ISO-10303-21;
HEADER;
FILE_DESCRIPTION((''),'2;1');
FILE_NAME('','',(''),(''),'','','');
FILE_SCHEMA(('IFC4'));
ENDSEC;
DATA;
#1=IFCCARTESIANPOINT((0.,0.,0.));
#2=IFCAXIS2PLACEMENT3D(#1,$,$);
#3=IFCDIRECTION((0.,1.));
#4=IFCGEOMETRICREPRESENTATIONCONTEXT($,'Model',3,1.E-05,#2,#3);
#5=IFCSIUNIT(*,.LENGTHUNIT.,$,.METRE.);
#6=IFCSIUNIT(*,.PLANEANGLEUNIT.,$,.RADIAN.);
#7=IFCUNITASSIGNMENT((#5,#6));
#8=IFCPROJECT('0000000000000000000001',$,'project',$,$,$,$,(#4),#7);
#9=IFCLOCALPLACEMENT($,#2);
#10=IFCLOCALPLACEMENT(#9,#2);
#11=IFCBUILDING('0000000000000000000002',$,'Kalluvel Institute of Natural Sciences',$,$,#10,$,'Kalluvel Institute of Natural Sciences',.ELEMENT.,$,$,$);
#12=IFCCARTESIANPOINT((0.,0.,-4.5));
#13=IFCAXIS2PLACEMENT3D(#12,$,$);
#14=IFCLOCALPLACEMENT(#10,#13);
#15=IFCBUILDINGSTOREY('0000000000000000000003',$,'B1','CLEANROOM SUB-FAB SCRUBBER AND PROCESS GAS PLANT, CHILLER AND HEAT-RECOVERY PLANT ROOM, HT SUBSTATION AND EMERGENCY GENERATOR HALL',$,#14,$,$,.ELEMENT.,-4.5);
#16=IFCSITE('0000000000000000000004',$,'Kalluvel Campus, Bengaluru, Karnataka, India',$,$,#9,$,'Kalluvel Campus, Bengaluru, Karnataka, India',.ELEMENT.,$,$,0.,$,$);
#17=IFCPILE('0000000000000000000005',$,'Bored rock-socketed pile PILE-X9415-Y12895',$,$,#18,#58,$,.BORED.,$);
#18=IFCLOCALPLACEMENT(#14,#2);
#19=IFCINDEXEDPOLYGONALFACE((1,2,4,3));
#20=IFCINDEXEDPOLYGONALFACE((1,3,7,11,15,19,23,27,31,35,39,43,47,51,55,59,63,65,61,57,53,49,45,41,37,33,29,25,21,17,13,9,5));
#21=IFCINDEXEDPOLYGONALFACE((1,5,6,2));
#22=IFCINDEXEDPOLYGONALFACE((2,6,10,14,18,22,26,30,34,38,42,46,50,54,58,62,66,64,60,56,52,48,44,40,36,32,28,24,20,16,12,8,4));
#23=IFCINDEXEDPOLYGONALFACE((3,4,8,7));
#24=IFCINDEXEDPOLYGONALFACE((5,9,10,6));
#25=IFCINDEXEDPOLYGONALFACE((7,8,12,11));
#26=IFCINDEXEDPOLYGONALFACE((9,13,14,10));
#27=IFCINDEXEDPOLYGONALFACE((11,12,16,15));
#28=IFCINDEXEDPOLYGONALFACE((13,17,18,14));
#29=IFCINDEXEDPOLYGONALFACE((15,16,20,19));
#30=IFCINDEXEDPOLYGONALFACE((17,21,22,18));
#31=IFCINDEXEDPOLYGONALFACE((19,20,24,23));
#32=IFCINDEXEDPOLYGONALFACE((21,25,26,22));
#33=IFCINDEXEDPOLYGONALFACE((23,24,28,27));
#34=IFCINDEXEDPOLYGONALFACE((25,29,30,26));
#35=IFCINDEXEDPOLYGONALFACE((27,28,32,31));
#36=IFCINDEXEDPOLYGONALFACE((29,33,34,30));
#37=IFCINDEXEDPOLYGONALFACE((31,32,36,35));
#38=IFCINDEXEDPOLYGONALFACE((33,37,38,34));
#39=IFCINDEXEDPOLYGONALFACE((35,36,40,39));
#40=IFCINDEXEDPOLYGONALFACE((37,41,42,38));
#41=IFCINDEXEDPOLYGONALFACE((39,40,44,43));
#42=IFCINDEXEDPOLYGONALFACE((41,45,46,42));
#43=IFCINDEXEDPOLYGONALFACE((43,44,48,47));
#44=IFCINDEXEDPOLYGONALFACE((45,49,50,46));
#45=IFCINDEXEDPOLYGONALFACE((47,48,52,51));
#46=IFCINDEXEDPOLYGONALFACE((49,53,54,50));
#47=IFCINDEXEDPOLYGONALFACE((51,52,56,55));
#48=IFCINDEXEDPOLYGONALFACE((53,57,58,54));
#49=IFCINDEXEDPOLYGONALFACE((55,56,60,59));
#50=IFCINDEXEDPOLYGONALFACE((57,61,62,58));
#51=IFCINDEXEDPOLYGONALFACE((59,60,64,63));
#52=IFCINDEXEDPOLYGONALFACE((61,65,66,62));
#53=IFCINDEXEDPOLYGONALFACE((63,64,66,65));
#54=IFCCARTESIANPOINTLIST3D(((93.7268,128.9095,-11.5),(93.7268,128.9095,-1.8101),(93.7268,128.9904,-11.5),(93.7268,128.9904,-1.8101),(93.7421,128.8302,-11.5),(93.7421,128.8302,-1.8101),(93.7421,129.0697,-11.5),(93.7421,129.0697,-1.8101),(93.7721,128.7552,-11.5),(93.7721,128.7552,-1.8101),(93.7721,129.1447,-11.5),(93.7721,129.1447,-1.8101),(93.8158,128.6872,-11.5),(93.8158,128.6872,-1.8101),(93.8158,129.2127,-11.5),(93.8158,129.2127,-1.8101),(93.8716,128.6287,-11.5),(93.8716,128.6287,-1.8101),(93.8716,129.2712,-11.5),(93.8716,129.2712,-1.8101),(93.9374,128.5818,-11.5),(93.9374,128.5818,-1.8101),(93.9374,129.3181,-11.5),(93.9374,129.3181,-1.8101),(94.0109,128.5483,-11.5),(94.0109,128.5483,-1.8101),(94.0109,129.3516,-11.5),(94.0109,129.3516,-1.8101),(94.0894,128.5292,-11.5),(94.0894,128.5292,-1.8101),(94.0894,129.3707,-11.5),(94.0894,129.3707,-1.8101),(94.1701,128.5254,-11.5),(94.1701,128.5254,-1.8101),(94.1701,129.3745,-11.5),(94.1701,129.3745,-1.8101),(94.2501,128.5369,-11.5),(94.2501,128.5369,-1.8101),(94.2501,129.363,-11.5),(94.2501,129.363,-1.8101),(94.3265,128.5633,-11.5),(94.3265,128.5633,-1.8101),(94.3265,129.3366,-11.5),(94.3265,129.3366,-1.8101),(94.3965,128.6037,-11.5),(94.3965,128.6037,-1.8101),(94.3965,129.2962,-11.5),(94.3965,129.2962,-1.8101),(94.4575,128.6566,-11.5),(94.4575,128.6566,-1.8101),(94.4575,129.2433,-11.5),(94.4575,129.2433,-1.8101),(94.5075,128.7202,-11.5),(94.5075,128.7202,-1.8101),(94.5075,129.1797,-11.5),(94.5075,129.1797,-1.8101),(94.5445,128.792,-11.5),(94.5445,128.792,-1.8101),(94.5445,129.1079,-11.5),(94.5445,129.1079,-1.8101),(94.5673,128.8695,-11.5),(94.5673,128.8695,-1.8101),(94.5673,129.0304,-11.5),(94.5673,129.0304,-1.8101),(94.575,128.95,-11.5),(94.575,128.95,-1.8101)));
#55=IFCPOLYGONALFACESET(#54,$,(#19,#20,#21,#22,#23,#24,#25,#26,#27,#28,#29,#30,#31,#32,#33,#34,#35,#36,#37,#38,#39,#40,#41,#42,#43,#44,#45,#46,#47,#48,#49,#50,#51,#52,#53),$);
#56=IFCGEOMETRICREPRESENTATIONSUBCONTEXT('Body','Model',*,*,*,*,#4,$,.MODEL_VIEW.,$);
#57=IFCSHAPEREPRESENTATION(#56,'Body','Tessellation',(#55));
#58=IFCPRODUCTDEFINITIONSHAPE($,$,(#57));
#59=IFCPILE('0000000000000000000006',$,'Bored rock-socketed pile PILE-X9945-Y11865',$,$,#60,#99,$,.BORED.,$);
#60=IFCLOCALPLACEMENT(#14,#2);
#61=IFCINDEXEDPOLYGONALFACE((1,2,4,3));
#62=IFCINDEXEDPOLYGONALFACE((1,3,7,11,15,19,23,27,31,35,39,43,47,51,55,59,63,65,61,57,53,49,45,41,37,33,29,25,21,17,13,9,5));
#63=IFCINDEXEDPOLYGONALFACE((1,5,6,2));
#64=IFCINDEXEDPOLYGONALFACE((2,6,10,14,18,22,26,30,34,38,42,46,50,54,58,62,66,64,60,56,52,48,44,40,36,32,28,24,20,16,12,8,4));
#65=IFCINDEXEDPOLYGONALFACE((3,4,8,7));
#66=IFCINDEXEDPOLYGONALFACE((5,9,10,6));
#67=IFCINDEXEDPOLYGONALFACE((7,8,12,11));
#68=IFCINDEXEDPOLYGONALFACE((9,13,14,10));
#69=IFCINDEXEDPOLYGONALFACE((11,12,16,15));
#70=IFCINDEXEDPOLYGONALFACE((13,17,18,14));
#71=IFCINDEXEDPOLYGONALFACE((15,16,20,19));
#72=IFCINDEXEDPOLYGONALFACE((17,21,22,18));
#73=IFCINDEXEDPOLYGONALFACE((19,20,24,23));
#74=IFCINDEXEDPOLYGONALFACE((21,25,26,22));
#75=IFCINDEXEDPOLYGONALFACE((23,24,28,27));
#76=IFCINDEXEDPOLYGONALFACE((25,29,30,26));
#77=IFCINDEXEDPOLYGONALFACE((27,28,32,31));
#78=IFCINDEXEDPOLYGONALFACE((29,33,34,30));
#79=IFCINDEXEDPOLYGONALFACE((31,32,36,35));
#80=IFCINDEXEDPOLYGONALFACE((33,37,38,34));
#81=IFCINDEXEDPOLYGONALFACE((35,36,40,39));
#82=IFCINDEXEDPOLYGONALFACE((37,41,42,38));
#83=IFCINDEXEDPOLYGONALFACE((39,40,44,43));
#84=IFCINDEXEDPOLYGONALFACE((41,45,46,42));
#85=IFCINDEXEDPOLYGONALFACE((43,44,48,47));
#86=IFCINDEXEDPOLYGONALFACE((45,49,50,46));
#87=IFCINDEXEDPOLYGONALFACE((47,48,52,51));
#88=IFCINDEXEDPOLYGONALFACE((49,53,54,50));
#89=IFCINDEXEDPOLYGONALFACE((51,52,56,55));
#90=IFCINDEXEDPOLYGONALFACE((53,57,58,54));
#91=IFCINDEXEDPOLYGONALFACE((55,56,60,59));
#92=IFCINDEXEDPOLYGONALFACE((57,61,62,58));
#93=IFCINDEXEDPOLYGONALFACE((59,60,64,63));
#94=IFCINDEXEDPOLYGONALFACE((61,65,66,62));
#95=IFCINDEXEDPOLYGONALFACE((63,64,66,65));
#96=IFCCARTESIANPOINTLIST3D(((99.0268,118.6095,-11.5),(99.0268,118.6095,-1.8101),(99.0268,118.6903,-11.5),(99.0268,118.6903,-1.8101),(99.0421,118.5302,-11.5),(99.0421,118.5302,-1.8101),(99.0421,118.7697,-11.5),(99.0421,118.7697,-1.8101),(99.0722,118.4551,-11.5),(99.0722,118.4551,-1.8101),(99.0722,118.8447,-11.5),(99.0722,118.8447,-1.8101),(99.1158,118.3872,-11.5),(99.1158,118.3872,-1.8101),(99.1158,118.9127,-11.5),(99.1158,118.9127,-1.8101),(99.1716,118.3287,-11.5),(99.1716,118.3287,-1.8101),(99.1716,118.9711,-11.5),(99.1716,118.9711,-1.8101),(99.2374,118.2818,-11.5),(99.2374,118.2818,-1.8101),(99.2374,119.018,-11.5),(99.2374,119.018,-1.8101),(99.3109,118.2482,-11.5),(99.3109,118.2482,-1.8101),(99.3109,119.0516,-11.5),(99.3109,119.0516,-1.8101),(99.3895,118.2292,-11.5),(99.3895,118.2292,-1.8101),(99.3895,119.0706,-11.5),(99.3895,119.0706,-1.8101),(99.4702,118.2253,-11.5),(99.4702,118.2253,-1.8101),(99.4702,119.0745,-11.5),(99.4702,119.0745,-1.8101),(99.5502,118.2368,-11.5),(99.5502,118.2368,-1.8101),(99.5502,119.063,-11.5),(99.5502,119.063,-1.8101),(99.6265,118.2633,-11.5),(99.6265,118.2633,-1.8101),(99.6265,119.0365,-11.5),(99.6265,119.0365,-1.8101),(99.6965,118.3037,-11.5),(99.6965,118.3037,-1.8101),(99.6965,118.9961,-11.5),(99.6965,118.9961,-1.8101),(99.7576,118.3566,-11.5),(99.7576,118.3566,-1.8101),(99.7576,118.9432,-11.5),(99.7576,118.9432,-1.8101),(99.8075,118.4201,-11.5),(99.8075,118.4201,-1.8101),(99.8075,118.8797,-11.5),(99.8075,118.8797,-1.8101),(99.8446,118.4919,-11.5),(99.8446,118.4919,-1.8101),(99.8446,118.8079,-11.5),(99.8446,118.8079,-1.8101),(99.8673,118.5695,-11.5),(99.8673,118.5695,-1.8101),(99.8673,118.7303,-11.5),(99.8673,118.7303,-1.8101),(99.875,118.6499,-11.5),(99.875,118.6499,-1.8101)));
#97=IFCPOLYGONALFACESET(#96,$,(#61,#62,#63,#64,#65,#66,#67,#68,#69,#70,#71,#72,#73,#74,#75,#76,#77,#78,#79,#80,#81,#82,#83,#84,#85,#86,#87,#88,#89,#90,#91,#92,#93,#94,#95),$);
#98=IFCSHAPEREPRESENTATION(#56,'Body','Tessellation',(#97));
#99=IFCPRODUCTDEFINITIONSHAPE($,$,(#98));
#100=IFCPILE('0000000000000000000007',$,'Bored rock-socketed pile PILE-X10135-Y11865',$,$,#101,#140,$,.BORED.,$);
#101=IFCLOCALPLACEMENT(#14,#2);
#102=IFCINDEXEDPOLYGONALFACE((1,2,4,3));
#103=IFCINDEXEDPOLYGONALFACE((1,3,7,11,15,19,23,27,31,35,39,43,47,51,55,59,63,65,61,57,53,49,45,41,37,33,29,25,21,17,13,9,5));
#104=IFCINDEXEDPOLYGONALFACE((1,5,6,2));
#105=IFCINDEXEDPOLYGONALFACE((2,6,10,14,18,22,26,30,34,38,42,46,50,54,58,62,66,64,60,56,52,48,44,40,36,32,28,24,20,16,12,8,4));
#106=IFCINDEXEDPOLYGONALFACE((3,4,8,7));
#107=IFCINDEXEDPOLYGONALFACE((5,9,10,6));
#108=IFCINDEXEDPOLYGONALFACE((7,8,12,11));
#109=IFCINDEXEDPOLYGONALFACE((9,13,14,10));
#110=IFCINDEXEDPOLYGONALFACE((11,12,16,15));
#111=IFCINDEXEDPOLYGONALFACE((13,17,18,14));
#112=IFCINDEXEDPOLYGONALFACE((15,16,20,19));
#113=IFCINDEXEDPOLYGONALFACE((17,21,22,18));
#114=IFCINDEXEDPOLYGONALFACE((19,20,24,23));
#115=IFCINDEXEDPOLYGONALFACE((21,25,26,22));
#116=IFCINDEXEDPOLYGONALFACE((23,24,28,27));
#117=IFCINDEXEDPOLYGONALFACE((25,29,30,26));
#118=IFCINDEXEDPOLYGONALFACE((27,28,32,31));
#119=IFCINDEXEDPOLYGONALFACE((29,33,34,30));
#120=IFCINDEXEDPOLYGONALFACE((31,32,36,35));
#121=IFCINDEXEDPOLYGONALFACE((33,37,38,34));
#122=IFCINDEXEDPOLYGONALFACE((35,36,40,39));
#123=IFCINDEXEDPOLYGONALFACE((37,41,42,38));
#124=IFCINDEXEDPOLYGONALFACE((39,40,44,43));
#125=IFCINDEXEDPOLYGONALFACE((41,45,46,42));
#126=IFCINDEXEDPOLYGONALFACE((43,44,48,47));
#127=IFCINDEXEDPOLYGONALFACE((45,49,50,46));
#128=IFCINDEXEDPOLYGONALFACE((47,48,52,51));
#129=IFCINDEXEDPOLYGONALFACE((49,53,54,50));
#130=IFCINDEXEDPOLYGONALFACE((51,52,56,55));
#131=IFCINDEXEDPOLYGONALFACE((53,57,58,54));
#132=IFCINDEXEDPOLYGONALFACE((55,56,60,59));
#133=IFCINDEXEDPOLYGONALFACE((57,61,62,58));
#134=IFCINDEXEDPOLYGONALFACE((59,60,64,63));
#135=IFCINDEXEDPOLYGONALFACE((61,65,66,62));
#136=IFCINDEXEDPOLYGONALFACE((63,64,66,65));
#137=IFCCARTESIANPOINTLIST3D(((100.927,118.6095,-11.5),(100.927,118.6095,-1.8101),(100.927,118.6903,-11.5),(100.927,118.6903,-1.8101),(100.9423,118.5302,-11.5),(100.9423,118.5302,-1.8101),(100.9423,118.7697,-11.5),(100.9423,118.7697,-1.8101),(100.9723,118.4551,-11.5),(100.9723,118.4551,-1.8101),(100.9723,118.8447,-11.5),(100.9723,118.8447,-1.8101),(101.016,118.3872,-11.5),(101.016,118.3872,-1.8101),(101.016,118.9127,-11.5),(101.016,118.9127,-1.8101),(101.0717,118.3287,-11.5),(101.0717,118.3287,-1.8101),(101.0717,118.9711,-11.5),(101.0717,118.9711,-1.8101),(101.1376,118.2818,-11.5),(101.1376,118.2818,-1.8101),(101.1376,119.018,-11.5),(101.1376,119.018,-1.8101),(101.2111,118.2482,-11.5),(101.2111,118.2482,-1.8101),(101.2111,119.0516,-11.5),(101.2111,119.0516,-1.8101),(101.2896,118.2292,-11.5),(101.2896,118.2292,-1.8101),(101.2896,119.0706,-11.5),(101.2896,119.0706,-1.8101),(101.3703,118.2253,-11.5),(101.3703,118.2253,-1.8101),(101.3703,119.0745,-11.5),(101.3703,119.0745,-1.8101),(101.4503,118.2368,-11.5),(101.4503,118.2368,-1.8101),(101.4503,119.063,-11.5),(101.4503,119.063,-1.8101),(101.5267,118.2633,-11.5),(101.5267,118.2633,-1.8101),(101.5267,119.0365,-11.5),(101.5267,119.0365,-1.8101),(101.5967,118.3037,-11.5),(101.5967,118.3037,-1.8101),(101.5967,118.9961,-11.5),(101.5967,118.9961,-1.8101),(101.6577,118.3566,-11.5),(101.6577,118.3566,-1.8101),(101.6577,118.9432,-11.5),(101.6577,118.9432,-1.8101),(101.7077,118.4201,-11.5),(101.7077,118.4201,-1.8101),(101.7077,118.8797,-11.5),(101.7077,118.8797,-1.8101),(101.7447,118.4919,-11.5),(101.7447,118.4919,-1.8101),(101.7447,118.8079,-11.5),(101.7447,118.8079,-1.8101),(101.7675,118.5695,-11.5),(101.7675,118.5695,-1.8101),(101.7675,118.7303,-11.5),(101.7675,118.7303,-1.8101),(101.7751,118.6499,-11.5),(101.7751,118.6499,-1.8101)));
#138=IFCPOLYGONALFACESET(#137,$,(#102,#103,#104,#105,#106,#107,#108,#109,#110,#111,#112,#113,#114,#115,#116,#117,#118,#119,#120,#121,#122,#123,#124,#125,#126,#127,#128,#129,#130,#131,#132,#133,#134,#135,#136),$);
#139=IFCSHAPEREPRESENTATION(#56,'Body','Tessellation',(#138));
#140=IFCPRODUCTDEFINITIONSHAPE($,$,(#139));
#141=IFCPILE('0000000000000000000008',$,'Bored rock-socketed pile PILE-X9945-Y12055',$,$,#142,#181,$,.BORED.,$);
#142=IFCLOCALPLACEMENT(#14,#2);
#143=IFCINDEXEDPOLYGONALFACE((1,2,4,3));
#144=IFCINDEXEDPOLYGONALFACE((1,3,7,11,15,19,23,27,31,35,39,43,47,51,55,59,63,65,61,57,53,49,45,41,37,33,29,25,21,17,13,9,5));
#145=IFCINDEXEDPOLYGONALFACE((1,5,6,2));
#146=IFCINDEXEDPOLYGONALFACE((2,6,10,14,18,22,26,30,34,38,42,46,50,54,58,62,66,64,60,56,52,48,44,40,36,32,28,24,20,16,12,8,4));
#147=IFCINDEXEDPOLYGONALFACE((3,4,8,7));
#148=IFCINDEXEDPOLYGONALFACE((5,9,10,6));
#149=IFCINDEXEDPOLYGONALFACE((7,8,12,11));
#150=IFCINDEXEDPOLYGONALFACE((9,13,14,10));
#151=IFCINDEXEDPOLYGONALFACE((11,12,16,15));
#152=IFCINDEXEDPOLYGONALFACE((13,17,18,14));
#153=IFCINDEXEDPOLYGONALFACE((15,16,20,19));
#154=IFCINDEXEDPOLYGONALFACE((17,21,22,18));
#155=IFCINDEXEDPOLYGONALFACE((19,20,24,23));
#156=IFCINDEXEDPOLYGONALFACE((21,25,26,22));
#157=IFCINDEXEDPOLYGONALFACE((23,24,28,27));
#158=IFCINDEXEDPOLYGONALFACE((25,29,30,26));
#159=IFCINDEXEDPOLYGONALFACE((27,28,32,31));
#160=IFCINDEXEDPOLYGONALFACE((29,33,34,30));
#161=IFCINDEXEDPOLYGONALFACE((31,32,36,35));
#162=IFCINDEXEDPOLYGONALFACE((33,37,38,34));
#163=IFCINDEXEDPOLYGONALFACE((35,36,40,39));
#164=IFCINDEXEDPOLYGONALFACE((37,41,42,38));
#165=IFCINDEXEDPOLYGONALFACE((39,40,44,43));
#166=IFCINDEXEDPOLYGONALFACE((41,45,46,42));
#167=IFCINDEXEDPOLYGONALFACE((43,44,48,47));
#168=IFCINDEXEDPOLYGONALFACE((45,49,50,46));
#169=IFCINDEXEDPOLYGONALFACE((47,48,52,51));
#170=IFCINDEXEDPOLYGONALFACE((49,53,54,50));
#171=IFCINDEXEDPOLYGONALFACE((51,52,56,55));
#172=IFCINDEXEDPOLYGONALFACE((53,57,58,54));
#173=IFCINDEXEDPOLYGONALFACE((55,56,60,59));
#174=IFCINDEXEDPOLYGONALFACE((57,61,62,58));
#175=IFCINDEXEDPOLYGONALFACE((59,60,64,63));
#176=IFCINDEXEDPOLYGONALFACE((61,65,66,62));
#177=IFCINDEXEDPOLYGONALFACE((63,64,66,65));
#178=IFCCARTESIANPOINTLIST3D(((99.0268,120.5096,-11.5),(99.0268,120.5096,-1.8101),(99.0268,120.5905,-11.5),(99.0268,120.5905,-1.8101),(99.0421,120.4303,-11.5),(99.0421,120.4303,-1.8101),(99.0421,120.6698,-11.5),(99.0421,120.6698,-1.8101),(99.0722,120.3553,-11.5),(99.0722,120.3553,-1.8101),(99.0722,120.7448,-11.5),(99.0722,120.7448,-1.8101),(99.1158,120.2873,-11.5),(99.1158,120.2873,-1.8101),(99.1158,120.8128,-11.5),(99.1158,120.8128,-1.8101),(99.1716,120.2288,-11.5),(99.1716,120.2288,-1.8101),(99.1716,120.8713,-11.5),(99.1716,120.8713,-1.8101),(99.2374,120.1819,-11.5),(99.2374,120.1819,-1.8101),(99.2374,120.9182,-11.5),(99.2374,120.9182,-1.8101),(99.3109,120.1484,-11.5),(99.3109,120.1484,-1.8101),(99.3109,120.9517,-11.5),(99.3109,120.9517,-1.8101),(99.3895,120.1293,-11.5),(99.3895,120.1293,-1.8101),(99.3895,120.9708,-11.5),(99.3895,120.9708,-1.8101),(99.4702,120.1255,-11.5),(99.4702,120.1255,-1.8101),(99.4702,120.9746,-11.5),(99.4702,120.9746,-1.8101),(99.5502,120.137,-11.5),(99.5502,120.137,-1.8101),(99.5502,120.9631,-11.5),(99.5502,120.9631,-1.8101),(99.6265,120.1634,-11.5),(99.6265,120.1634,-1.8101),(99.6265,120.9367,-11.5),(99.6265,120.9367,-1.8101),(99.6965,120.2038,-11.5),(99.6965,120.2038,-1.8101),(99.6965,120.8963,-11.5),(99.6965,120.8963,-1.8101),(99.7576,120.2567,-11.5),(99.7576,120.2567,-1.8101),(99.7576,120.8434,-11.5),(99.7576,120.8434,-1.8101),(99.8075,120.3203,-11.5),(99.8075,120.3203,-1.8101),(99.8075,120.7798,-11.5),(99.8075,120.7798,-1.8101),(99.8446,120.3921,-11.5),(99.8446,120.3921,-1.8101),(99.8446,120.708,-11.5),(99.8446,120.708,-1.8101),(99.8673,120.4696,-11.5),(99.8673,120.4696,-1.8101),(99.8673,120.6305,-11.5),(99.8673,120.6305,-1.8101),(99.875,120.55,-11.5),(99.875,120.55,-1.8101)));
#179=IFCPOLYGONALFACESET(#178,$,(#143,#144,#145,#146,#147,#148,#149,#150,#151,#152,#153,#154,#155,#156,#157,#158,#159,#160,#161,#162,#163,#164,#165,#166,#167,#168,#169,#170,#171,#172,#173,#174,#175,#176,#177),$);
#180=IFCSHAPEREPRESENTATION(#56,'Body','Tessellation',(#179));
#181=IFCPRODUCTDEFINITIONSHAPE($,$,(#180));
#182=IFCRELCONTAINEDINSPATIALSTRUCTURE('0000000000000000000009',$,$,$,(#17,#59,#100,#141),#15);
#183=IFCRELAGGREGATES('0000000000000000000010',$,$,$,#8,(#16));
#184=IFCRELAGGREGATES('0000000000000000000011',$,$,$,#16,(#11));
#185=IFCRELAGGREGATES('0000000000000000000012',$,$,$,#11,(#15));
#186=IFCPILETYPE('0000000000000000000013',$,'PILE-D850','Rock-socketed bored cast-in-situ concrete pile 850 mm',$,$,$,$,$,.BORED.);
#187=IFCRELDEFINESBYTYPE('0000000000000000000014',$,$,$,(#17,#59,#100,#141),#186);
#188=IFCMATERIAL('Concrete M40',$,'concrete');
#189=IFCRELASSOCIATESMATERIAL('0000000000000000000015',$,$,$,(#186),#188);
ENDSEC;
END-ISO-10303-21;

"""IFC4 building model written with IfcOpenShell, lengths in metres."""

from ifc_helpers import new_model, si_unit, direction, frame, origin, origin_2d, place, context, subcontext, project, spatial, circle, extrude, material, material_profile, profile_set, type_object, element, save


model = new_model("IFC4")

# Units and contexts
model_context = context("Model", 3, precision=1e-05, world=origin(), true_north=direction((0.0, 1.0)))
body_context = subcontext(model_context, "Body", "Model", "MODEL_VIEW")
ifc_project = project(units=[si_unit("LENGTHUNIT", "METRE"), si_unit("PLANEANGLEUNIT", "RADIAN")], contexts=[model_context])

# Site, building, storey
site_placement = place(None, origin())
site = spatial("IfcSite", under=ifc_project, at=site_placement, Name="Kalluvel Campus, Bengaluru, Karnataka, India", LongName="Kalluvel Campus, Bengaluru, Karnataka, India", CompositionType="ELEMENT", RefElevation=0.0)
building_placement = place(site_placement, origin())
building = spatial("IfcBuilding", under=site, at=building_placement, Name="Kalluvel Institute of Natural Sciences", LongName="Kalluvel Institute of Natural Sciences", CompositionType="ELEMENT")
storey_placement = place(building_placement, frame((0.0, 0.0, -4.5)))
storey = spatial("IfcBuildingStorey", under=building, at=storey_placement, Name="B1", Description="CLEANROOM SUB-FAB SCRUBBER AND PROCESS GAS PLANT, CHILLER AND HEAT-RECOVERY PLANT ROOM, HT SUBSTATION AND EMERGENCY GENERATOR HALL", CompositionType="ELEMENT", Elevation=-4.5)

# Shared definitions
ifc_material_1 = material(Name="Concrete M40", Category="concrete")

# Piles
ifc_material_profile_1 = material_profile(ifc_material_1, circle(Radius=0.425, at=origin_2d()), Name="PILE D850")
ifc_profile_set_1 = profile_set([ifc_material_profile_1], Name="Concrete M40")
pile_type_1 = type_object("IfcPileType", Name="PILE-D850", Description="Rock-socketed bored cast-in-situ concrete pile 850 mm", PredefinedType="BORED", material=ifc_profile_set_1)
for number, where, z_axis, x_axis, name in (
    (1, (94.1499, 128.95, -1.8101), (0.0, 0.0, -1.0), (1.0, 0.0, 0.0), "Bored rock-socketed pile PILE-X9415-Y12895"),
    (2, (99.45, 118.6499, -1.8101), (0.0, 0.0, -1.0), (1.0, 0.0, 0.0), "Bored rock-socketed pile PILE-X9945-Y11865"),
    (3, (101.3501, 118.6499, -1.8101), (0.0, 0.0, -1.0), (1.0, 0.0, 0.0), "Bored rock-socketed pile PILE-X10135-Y11865"),
    (4, (99.45, 120.55, -1.8101), (0.0, 0.0, -1.0), (1.0, 0.0, 0.0), "Bored rock-socketed pile PILE-X9945-Y12055"),
):
    element("IfcPile", number, at=place(storey_placement, frame(where, z_axis=z_axis, x_axis=x_axis)), inside=storey, type_object=pile_type_1, Name=name, PredefinedType="BORED", context=body_context, shape_type="SweptSolid", body=[
        extrude(circle(Radius=0.425, at=origin_2d()), origin(), (0.0, 0.0, 1.0), 9.6899),
    ])

save(model, "model.ifc")
